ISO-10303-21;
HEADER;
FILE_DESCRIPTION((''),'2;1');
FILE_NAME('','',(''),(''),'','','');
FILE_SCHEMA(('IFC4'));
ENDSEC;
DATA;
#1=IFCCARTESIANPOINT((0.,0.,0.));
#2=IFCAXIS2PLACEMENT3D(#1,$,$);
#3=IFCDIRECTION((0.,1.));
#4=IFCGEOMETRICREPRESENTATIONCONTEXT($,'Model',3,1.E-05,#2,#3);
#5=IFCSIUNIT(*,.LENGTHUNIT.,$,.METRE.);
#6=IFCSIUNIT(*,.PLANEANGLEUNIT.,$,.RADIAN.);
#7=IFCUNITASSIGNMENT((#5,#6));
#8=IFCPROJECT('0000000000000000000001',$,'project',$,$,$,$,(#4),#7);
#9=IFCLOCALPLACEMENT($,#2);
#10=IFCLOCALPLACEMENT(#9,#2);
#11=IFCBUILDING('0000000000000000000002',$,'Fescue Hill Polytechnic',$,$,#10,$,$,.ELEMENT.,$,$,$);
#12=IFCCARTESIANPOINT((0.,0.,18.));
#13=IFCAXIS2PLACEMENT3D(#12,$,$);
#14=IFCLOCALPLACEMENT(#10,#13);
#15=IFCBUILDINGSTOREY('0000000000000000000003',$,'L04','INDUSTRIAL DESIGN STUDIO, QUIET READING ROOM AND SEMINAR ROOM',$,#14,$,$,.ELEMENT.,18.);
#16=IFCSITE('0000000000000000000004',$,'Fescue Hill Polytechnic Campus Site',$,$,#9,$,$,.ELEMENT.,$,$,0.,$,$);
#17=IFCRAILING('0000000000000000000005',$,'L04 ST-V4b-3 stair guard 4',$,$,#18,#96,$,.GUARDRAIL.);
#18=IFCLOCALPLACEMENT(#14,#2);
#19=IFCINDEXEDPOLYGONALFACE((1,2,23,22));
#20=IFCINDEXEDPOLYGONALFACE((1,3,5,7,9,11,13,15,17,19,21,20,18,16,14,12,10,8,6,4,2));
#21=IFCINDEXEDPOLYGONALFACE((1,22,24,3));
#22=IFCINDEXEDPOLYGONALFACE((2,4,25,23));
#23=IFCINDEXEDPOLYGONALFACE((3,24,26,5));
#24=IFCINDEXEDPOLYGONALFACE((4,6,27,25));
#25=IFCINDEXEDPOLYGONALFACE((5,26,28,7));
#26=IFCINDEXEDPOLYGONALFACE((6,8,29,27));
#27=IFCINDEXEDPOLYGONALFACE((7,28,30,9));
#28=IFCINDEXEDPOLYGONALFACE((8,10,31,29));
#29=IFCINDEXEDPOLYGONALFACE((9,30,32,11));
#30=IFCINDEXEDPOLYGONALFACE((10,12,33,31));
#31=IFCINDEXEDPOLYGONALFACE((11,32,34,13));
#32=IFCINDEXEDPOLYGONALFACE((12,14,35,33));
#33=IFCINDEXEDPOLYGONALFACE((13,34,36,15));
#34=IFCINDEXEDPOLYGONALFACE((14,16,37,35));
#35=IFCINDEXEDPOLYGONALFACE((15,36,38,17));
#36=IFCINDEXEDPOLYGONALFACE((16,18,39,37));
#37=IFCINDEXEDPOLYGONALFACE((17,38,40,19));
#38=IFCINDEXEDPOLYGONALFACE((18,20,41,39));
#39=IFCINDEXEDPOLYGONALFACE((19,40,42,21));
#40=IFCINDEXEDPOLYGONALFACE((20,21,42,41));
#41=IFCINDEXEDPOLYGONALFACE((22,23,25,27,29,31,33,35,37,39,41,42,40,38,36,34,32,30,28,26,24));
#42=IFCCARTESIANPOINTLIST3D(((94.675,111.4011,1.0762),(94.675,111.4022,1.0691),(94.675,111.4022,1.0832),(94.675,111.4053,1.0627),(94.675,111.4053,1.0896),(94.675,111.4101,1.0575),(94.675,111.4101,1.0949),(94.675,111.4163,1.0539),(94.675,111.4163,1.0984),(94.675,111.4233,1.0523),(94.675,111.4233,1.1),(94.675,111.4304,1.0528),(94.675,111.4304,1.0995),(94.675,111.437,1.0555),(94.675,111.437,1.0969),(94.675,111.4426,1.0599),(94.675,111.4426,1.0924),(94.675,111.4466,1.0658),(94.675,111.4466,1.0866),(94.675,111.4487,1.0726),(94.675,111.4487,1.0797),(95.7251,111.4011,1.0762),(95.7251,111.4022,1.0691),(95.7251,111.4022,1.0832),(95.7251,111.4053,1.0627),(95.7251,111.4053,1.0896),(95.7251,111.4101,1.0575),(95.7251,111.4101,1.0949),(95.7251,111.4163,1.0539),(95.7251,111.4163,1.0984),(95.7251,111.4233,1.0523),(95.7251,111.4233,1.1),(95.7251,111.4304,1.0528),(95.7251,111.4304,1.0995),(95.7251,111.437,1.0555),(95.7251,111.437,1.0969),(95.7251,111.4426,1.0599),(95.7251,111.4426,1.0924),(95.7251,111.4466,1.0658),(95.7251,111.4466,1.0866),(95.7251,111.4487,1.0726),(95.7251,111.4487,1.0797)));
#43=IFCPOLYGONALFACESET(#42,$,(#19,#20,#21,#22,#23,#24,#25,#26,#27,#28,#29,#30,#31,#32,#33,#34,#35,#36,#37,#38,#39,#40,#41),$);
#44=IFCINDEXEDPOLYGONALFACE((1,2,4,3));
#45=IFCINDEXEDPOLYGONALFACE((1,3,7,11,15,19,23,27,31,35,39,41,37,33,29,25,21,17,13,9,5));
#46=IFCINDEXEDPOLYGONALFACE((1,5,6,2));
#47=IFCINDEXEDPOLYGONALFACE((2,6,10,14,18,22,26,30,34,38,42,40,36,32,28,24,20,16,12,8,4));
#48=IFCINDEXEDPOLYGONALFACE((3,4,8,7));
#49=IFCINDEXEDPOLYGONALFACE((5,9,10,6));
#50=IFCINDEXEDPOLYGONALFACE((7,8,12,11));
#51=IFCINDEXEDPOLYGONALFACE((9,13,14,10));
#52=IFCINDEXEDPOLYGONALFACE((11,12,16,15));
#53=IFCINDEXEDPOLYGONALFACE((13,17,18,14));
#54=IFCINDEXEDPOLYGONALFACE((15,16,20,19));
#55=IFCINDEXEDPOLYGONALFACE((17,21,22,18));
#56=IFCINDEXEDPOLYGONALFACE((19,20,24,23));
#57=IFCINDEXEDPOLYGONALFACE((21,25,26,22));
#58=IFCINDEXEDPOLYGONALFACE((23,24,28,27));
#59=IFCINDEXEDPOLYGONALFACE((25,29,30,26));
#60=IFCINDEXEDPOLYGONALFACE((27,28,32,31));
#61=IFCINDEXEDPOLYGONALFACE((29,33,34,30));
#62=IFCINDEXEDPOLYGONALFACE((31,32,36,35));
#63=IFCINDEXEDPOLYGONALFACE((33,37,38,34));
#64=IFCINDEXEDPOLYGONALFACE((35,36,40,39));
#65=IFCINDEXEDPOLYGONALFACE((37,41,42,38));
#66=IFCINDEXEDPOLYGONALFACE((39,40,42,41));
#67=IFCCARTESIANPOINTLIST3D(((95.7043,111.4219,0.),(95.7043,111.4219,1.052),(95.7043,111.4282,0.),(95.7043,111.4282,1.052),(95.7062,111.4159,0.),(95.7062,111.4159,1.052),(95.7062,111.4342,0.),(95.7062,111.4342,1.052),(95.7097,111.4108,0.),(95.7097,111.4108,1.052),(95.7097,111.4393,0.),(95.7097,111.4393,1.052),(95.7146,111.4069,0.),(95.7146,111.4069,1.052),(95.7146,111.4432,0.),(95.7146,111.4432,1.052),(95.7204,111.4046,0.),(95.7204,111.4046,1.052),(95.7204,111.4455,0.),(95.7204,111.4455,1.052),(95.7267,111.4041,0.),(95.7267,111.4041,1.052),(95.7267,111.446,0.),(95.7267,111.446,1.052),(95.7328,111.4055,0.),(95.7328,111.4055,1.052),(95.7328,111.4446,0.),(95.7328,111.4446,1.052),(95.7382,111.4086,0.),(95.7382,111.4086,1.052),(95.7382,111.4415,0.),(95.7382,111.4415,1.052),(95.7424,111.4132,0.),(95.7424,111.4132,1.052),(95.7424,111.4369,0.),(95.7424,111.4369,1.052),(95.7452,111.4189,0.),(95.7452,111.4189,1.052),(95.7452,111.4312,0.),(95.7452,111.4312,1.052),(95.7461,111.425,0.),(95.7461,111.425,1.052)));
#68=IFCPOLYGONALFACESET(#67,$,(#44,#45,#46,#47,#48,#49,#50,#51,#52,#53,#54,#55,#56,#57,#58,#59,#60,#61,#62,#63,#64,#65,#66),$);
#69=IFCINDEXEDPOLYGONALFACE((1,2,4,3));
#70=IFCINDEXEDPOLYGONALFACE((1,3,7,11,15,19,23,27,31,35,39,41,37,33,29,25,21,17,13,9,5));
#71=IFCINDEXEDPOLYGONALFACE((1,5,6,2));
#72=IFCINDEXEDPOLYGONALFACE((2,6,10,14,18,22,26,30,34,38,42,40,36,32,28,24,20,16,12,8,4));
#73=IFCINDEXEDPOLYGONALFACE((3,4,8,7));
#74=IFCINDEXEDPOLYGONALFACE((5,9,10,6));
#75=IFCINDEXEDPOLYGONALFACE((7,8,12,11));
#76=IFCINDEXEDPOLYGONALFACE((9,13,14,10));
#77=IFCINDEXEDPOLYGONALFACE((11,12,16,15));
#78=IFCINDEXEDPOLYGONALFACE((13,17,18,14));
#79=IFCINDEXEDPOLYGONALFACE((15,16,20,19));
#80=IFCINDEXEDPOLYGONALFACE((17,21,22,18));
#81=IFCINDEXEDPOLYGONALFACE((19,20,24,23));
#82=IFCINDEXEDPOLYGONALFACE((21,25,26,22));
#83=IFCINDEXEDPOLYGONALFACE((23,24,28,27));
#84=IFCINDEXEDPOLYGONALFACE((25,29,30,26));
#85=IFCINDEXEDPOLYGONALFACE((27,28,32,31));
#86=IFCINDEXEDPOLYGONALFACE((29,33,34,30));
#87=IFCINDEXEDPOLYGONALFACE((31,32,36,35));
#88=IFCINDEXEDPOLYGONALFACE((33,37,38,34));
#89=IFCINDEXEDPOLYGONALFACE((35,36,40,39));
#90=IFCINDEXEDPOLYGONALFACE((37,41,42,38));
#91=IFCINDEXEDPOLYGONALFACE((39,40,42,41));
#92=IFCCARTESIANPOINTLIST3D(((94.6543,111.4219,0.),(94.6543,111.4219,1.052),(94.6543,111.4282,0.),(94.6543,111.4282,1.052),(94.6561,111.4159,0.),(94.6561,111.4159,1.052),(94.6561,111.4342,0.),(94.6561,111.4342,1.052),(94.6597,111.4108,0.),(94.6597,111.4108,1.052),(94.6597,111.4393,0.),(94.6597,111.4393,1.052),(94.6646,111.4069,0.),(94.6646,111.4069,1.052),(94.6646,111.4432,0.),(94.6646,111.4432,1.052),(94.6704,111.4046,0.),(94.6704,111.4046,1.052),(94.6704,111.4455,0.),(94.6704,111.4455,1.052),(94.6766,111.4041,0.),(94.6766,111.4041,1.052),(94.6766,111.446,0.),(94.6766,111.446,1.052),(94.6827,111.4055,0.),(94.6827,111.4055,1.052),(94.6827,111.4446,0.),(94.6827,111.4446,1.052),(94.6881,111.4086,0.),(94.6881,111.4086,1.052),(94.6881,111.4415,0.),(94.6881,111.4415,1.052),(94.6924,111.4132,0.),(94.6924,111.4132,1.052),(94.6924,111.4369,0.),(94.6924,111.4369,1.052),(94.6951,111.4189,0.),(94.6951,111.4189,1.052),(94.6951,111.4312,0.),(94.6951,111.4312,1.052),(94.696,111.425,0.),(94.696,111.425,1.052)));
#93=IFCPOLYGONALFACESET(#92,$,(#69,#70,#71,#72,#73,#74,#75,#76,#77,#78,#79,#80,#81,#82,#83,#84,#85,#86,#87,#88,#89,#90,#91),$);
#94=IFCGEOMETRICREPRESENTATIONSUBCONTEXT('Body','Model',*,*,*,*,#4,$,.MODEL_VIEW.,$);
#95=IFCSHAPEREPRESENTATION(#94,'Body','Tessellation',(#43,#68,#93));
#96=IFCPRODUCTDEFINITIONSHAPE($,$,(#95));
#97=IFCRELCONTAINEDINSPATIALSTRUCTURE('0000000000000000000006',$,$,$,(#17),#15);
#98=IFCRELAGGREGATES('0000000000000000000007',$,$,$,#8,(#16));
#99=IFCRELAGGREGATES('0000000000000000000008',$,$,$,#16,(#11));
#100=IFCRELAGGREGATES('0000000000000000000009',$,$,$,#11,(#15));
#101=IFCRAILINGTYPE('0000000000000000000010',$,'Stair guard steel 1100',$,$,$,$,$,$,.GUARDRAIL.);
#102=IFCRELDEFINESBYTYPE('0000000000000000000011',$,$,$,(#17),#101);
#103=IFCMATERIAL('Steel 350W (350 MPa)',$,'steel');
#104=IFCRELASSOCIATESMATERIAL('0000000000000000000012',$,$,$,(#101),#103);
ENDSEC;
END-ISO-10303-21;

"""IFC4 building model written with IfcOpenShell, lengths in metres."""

from ifc_helpers import new_model, si_unit, direction, frame, origin, origin_2d, place, context, subcontext, project, spatial, circle, extrude, material, type_object, element, save


model = new_model("IFC4")

# Units and contexts
model_context = context("Model", 3, precision=1e-05, world=origin(), true_north=direction((0.0, 1.0)))
body_context = subcontext(model_context, "Body", "Model", "MODEL_VIEW")
ifc_project = project(units=[si_unit("LENGTHUNIT", "METRE"), si_unit("PLANEANGLEUNIT", "RADIAN")], contexts=[model_context])

# Site, building, storey
site_placement = place(None, origin())
site = spatial("IfcSite", under=ifc_project, at=site_placement, Name="Fescue Hill Polytechnic Campus Site", CompositionType="ELEMENT", RefElevation=0.0)
building_placement = place(site_placement, origin())
building = spatial("IfcBuilding", under=site, at=building_placement, Name="Fescue Hill Polytechnic", CompositionType="ELEMENT")
storey_placement = place(building_placement, frame((0.0, 0.0, 18.0)))
storey = spatial("IfcBuildingStorey", under=building, at=storey_placement, Name="L04", Description="INDUSTRIAL DESIGN STUDIO, QUIET READING ROOM AND SEMINAR ROOM", CompositionType="ELEMENT", Elevation=18.0)

# Railing
ifc_material_1 = material(Name="Steel 350W (350 MPa)", Category="steel")
railing_type_1 = type_object("IfcRailingType", Name="Stair guard steel 1100", PredefinedType="GUARDRAIL", material=ifc_material_1)
railing_1_placement = place(storey_placement, frame((95.7251, 111.425, 0.0)))
element("IfcRailing", 1, at=railing_1_placement, inside=storey, type_object=railing_type_1, Name="L04 ST-V4b-3 stair guard 4", PredefinedType="GUARDRAIL", context=body_context, shape_type="SweptSolid", body=[
    extrude(circle(Radius=0.0239, at=origin_2d()), frame((0.0, 0.0, 1.0762), z_axis=(-1.0, 0.0, 0.0), x_axis=(0.0, -1.0, 0.0)), (0.0, 0.0, 1.0), 1.05),
    extrude(circle(Radius=0.021, at=origin_2d()), origin(), (0.0, 0.0, 1.0), 1.052),
    extrude(circle(Radius=0.021, at=origin_2d()), frame((-1.05, 0.0, 0.0)), (0.0, 0.0, 1.0), 1.052),
])

save(model, "model.ifc")
